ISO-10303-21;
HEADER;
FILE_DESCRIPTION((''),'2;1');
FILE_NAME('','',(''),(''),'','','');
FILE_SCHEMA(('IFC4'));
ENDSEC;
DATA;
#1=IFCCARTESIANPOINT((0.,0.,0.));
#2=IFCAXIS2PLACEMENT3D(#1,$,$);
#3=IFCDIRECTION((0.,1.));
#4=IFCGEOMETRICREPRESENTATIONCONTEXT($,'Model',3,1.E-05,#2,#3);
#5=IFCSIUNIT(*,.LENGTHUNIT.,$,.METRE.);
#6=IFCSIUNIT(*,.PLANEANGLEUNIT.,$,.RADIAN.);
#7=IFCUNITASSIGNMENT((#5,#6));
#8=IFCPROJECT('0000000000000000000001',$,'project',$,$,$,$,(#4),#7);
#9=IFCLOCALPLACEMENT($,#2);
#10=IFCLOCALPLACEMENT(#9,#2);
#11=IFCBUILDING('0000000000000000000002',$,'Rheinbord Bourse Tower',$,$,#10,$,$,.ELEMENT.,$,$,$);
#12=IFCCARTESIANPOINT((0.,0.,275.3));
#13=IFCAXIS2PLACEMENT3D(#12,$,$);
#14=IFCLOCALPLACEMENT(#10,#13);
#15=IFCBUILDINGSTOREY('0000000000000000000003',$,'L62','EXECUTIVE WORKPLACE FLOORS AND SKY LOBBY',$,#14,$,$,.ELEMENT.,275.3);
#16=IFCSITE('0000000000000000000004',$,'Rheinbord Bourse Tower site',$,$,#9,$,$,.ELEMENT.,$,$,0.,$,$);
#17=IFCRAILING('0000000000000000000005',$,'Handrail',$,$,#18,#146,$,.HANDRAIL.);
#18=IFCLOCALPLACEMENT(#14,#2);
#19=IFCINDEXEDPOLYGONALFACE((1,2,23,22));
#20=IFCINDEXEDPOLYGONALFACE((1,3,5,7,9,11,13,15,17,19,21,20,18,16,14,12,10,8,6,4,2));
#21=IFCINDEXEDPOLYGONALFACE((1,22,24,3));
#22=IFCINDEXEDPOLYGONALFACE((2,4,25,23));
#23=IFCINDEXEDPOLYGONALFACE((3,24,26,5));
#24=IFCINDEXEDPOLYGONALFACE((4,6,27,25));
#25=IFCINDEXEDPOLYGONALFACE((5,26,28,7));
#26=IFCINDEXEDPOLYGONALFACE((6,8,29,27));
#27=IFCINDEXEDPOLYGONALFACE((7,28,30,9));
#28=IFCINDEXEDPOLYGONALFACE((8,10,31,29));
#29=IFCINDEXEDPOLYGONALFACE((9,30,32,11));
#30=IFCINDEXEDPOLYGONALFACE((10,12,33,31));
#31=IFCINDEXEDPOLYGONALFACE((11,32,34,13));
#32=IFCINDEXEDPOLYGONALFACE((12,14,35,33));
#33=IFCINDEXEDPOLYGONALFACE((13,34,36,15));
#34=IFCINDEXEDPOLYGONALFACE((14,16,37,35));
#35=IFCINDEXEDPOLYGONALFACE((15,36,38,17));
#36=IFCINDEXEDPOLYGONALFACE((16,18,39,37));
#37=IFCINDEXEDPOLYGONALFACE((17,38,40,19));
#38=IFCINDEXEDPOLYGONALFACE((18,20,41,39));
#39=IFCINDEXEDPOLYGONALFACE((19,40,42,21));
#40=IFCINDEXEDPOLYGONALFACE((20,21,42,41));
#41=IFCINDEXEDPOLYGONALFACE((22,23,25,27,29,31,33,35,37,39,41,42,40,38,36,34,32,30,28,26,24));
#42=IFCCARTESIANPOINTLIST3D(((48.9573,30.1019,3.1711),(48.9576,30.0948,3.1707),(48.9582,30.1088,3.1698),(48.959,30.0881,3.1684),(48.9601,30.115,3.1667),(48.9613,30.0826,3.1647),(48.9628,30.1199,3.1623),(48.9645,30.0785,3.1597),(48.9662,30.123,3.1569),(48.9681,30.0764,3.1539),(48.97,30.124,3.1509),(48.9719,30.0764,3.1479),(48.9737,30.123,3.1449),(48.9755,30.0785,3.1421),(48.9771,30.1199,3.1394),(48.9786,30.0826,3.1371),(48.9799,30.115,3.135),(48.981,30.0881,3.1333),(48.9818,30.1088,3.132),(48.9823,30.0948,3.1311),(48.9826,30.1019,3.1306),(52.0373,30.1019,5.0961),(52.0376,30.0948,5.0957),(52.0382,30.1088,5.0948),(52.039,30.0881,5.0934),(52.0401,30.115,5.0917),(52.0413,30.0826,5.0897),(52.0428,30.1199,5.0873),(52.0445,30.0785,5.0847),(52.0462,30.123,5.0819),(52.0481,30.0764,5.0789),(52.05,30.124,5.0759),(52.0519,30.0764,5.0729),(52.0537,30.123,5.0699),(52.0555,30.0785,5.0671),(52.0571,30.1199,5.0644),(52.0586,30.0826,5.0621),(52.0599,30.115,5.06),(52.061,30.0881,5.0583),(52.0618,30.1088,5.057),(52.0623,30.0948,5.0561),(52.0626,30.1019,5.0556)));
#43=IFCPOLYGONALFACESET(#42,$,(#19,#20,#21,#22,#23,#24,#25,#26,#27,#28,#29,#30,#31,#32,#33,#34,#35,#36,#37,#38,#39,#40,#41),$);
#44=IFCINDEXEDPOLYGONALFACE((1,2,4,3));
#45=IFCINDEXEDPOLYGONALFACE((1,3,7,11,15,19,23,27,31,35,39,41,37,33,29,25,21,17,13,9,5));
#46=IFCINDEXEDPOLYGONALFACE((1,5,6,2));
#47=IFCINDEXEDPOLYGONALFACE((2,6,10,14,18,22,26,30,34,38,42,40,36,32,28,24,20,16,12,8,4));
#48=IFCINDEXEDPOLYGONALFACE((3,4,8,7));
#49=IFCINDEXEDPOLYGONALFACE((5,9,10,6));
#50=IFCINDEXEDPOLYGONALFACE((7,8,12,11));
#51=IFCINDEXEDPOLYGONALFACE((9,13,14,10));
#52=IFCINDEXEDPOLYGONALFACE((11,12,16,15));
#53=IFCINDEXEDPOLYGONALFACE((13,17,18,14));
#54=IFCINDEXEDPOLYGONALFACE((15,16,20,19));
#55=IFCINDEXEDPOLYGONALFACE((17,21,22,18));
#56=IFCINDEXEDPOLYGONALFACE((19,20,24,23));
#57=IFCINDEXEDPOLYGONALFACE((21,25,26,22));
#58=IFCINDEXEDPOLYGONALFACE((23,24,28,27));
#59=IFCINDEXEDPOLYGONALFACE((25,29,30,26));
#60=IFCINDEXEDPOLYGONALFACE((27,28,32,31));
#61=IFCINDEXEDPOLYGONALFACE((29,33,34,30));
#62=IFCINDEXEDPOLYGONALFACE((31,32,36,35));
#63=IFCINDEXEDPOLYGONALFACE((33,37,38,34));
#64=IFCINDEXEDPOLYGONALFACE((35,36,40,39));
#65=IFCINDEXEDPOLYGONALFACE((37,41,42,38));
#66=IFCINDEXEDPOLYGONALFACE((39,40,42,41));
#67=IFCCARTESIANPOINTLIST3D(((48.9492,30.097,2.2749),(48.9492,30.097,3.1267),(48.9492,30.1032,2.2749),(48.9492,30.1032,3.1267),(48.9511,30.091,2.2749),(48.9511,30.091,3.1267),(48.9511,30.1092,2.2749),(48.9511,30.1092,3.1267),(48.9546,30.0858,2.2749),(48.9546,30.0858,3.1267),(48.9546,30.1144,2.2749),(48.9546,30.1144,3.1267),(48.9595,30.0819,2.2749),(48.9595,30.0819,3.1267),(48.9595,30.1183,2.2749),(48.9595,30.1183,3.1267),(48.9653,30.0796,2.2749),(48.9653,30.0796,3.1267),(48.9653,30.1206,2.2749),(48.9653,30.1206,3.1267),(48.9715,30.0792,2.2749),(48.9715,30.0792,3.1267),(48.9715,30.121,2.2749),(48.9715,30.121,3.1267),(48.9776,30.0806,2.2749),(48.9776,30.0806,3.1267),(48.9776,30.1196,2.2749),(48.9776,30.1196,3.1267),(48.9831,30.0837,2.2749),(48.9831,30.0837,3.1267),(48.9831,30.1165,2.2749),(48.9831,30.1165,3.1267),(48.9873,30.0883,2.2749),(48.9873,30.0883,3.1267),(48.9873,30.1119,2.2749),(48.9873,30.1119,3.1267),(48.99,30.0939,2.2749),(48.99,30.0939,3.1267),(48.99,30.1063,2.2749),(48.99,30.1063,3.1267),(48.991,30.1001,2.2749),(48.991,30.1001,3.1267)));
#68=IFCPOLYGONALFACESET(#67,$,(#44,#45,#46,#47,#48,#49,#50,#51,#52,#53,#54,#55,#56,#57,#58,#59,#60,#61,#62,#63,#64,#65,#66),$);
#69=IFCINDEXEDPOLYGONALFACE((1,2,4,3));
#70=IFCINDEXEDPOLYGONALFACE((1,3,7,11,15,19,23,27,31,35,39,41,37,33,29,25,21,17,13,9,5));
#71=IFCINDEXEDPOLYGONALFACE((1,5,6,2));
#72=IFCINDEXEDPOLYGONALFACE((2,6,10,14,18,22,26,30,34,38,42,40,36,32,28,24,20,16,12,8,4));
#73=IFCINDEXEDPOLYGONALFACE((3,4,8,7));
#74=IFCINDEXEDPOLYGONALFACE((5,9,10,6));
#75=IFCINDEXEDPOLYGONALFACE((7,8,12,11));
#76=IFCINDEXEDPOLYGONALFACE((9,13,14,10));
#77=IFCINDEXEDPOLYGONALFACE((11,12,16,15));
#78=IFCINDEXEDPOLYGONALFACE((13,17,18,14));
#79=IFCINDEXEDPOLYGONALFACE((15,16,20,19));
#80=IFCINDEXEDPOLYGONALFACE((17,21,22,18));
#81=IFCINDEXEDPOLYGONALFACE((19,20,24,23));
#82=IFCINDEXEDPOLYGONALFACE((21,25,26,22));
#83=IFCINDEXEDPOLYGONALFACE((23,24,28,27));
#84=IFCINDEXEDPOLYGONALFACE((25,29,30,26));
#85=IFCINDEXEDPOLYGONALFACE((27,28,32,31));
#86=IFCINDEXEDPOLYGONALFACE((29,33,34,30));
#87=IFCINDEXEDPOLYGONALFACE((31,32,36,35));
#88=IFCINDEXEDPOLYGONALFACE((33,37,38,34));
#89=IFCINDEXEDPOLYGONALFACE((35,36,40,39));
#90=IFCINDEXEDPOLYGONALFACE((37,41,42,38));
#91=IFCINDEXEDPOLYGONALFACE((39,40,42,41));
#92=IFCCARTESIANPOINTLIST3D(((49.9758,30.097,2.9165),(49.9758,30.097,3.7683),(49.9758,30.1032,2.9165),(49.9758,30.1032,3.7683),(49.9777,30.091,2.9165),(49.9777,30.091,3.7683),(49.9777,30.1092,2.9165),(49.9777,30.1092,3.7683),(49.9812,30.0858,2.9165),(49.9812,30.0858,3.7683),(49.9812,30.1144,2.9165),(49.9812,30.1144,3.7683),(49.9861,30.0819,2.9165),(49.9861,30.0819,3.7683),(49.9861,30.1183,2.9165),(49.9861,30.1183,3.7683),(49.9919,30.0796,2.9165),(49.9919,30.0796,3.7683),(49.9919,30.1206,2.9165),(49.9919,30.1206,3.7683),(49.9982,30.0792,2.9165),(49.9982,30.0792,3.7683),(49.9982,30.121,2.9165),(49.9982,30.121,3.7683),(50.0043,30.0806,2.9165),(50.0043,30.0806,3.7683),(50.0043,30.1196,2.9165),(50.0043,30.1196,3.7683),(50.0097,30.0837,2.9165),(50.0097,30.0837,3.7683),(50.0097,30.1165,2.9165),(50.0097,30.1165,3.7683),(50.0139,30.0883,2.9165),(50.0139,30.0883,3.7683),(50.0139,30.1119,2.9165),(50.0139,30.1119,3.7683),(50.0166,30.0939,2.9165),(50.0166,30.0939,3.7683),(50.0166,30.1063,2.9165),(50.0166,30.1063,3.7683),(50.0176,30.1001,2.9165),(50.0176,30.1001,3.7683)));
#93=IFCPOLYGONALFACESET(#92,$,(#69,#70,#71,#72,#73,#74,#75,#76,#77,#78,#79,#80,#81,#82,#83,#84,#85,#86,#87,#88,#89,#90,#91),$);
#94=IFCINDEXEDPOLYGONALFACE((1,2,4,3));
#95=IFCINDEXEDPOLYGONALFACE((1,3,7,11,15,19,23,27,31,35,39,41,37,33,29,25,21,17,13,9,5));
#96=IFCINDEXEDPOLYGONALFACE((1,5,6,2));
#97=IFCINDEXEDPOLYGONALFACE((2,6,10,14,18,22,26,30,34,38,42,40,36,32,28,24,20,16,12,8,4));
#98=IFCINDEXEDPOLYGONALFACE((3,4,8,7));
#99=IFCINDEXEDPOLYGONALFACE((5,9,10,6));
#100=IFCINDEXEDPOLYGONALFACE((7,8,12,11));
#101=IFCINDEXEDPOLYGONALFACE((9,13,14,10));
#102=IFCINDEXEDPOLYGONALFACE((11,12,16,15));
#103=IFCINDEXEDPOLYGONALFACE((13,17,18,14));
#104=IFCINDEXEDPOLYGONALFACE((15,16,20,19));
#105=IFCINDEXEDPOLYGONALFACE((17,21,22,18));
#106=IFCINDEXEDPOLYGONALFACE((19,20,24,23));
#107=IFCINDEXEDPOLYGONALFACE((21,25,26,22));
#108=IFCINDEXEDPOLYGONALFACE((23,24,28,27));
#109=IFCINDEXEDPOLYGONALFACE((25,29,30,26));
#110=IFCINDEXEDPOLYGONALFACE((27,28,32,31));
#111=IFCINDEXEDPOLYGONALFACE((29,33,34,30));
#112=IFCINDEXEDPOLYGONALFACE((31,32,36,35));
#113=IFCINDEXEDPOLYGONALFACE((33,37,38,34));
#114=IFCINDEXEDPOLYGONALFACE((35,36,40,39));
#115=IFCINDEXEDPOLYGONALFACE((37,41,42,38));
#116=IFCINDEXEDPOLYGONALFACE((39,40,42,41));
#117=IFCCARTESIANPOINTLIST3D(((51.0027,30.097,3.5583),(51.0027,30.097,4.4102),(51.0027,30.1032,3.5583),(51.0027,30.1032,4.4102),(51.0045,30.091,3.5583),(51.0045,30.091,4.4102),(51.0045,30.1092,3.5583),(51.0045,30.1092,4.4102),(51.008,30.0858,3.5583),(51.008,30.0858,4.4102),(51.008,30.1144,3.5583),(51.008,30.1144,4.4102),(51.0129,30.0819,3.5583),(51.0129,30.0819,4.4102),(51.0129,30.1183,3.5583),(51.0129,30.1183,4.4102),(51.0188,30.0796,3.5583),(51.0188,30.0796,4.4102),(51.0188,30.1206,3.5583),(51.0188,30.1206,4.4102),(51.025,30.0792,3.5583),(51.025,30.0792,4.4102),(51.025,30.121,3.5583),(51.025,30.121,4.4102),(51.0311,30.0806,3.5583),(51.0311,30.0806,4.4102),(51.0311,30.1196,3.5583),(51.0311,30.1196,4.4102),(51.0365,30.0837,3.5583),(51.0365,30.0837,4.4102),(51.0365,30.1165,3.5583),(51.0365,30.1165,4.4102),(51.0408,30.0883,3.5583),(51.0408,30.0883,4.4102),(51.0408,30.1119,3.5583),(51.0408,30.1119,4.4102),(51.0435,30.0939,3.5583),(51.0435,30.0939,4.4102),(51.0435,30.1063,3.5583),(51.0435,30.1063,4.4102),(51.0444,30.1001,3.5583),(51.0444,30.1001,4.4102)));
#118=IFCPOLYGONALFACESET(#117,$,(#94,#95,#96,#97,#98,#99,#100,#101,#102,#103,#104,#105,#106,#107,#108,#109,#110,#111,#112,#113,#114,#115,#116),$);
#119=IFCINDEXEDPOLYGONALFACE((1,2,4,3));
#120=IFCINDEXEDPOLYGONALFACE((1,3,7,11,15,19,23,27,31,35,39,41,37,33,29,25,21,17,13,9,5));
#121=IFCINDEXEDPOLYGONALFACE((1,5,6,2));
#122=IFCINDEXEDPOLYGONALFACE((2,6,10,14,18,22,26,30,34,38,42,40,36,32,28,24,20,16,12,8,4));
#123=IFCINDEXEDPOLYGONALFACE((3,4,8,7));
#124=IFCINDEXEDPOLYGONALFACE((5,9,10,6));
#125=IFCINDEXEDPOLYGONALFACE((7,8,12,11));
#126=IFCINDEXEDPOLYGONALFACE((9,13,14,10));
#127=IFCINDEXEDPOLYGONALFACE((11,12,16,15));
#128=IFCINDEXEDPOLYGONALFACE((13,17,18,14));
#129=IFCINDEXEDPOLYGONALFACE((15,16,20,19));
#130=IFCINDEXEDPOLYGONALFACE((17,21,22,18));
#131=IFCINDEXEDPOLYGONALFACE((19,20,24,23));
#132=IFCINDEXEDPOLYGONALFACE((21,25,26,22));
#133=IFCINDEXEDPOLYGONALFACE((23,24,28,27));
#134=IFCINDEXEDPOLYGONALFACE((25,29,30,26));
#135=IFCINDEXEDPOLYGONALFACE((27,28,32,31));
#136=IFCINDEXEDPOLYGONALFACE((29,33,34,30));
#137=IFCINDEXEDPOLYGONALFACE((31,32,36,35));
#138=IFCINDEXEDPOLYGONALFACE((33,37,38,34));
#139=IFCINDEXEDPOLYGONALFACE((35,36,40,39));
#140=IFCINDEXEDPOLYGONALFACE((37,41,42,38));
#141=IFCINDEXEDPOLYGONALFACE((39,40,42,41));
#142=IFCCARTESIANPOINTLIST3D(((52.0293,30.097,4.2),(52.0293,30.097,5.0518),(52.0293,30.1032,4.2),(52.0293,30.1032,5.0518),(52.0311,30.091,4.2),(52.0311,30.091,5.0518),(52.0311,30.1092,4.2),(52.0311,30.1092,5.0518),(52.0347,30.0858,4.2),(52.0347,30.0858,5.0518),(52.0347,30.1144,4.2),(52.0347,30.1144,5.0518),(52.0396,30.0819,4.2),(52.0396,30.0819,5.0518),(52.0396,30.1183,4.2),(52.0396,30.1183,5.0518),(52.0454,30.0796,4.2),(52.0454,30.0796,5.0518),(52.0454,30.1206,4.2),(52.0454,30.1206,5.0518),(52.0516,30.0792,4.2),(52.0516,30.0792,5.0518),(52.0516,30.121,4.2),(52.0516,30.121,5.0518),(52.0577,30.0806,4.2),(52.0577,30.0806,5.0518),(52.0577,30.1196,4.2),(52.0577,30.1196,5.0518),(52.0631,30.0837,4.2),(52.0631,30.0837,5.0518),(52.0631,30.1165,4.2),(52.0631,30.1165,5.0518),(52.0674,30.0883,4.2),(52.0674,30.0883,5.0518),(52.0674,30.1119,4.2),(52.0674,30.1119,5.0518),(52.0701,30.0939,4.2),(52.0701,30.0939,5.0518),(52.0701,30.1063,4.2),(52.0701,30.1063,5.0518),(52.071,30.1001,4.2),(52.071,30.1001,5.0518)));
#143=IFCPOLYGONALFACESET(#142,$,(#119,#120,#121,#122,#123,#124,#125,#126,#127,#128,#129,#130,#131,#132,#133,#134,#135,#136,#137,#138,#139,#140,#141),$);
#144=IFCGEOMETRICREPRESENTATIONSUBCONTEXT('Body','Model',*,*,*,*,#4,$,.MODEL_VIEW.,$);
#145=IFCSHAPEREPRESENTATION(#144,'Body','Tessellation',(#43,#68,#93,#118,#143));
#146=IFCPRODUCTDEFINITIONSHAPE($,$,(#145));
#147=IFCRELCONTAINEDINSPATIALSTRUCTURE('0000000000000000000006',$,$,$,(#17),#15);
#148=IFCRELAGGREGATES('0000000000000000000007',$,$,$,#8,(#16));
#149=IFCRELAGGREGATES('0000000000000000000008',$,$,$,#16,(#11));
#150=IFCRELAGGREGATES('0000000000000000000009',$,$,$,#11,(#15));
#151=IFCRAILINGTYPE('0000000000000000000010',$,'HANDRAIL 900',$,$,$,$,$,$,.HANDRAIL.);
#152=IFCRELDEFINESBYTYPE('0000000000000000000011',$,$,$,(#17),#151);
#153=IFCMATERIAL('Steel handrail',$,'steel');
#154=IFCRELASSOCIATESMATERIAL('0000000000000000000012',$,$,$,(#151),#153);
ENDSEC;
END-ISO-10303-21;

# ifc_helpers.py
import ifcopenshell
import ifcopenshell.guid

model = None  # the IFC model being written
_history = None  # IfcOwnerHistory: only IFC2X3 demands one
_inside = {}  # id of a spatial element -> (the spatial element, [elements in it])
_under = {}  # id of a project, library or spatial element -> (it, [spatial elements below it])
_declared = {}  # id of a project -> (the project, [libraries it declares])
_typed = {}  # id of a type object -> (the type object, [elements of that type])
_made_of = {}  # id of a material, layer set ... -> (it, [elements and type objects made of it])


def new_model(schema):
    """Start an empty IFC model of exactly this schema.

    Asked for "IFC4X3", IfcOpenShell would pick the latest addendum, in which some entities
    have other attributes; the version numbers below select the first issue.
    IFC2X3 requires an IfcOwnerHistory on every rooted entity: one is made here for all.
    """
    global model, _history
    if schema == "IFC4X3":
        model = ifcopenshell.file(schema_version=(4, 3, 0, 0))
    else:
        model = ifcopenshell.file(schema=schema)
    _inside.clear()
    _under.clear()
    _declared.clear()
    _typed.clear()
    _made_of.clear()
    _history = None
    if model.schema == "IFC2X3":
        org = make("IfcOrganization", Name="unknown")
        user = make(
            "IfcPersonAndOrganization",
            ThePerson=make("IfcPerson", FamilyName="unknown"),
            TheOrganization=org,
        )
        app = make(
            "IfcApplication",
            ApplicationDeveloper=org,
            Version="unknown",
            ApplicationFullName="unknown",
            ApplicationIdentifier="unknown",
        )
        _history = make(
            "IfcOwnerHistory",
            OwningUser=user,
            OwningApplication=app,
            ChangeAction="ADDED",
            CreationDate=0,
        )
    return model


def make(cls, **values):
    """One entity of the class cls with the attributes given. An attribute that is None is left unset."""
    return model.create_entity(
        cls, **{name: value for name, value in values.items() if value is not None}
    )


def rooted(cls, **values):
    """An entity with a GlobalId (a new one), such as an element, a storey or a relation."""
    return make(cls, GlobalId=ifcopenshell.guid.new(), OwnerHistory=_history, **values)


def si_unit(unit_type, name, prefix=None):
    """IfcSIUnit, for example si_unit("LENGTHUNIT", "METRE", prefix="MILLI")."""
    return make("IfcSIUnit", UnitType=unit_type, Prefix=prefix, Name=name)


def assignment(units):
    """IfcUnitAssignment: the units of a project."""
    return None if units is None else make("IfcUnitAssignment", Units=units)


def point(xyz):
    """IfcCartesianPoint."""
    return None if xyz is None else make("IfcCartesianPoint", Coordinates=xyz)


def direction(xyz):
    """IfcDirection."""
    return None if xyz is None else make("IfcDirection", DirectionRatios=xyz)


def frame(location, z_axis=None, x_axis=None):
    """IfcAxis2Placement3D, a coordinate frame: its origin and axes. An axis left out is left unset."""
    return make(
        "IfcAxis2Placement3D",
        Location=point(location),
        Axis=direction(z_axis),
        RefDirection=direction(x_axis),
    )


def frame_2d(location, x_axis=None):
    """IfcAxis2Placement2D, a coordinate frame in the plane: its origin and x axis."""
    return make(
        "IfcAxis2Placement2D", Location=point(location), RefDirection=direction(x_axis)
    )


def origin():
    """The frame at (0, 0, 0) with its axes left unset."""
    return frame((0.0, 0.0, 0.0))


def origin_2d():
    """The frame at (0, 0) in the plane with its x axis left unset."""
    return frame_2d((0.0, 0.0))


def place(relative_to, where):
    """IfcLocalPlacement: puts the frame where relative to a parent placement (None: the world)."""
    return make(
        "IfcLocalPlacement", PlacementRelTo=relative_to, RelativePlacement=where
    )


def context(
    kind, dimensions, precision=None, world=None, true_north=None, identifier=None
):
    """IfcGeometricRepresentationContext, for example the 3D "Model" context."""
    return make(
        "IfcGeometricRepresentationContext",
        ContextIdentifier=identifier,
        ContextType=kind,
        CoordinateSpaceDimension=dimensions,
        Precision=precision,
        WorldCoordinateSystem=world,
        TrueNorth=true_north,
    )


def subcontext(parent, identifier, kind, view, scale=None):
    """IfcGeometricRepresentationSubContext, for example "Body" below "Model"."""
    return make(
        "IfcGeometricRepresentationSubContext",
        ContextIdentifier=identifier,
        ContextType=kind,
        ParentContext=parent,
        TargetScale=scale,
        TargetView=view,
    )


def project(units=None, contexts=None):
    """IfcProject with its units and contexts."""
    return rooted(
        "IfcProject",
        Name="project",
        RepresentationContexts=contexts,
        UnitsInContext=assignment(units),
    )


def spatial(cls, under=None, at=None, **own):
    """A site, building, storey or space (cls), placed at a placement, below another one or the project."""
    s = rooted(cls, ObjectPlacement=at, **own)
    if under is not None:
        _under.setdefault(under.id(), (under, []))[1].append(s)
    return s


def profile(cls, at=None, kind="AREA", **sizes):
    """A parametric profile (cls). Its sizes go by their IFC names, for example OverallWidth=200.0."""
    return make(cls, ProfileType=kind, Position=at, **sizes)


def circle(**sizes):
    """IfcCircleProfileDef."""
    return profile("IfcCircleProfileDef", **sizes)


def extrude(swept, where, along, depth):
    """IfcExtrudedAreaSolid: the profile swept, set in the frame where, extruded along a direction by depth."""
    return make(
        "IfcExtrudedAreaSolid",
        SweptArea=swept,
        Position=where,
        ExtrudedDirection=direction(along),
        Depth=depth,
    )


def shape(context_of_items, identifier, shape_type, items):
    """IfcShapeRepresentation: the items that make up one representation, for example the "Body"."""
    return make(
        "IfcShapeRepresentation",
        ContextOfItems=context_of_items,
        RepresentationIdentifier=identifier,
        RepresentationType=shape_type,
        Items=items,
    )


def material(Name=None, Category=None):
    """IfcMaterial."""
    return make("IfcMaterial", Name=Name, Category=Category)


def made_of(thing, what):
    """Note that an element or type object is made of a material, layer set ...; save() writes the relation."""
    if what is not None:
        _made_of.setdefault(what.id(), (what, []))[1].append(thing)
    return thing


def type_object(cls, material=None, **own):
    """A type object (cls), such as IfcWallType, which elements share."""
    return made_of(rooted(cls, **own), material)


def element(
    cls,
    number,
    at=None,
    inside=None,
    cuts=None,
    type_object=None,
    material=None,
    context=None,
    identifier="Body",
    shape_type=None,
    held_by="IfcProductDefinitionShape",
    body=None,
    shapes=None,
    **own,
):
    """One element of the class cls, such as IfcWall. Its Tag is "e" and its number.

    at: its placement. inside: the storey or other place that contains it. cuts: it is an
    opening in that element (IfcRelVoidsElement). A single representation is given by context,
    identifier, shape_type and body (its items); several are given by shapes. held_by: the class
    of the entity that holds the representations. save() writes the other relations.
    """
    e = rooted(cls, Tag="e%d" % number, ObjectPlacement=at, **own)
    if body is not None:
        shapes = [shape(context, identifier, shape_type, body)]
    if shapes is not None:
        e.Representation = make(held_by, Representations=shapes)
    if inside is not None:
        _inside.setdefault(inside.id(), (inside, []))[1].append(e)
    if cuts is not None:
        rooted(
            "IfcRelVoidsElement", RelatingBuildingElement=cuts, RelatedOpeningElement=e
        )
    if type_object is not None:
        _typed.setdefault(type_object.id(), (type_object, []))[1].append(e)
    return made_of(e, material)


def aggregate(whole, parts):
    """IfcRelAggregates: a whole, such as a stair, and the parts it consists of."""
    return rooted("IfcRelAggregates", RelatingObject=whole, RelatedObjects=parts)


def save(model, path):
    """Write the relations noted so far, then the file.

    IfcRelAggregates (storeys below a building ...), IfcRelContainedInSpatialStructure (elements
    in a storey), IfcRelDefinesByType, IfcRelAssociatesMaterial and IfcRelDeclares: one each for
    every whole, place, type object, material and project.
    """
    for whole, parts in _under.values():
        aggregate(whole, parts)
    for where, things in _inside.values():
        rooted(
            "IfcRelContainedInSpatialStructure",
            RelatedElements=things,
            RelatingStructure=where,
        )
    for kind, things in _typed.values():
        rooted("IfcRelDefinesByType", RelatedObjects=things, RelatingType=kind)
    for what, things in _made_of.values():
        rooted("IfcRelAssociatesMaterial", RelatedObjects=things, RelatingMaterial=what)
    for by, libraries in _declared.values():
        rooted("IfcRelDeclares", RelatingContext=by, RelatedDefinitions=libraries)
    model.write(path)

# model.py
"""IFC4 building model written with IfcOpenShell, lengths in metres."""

from ifc_helpers import new_model, si_unit, direction, frame, origin, origin_2d, place, context, subcontext, project, spatial, circle, extrude, material, type_object, element, save


model = new_model("IFC4")

# Units and contexts
model_context = context("Model", 3, precision=1e-05, world=origin(), true_north=direction((0.0, 1.0)))
body_context = subcontext(model_context, "Body", "Model", "MODEL_VIEW")
ifc_project = project(units=[si_unit("LENGTHUNIT", "METRE"), si_unit("PLANEANGLEUNIT", "RADIAN")], contexts=[model_context])

# Site, building, storey
site_placement = place(None, origin())
site = spatial("IfcSite", under=ifc_project, at=site_placement, Name="Rheinbord Bourse Tower site", CompositionType="ELEMENT", RefElevation=0.0)
building_placement = place(site_placement, origin())
building = spatial("IfcBuilding", under=site, at=building_placement, Name="Rheinbord Bourse Tower", CompositionType="ELEMENT")
storey_placement = place(building_placement, frame((0.0, 0.0, 275.3)))
storey = spatial("IfcBuildingStorey", under=building, at=storey_placement, Name="L62", Description="EXECUTIVE WORKPLACE FLOORS AND SKY LOBBY", CompositionType="ELEMENT", Elevation=275.3)

# Railing
ifc_material_1 = material(Name="Steel handrail", Category="steel")
railing_type = type_object("IfcRailingType", Name="HANDRAIL 900", PredefinedType="HANDRAIL", material=ifc_material_1)
railing_1_placement = place(storey_placement, frame((48.97, 30.1001, 2.2749)))
element("IfcRailing", 1, at=railing_1_placement, inside=storey, type_object=railing_type, Name="Handrail", PredefinedType="HANDRAIL", context=body_context, shape_type="SweptSolid", body=[
    extrude(circle(Radius=0.0239, at=origin_2d()), frame((0.0, 0.0, 0.876), z_axis=(0.847998, 0.0, 0.529999), x_axis=(0.0, 1.0, 0.0)), (0.0, 0.0, 1.0), 3.6321),
    extrude(circle(Radius=0.021, at=origin_2d()), origin(), (0.0, 0.0, 1.0), 0.8518),
    extrude(circle(Radius=0.021, at=origin_2d()), frame((1.0266, 0.0, 0.6416)), (0.0, 0.0, 1.0), 0.8518),
    extrude(circle(Radius=0.021, at=origin_2d()), frame((2.0535, 0.0, 1.2834)), (0.0, 0.0, 1.0), 0.8518),
    extrude(circle(Radius=0.021, at=origin_2d()), frame((3.0801, 0.0, 1.925)), (0.0, 0.0, 1.0), 0.8518),
])

save(model, "model.ifc")
